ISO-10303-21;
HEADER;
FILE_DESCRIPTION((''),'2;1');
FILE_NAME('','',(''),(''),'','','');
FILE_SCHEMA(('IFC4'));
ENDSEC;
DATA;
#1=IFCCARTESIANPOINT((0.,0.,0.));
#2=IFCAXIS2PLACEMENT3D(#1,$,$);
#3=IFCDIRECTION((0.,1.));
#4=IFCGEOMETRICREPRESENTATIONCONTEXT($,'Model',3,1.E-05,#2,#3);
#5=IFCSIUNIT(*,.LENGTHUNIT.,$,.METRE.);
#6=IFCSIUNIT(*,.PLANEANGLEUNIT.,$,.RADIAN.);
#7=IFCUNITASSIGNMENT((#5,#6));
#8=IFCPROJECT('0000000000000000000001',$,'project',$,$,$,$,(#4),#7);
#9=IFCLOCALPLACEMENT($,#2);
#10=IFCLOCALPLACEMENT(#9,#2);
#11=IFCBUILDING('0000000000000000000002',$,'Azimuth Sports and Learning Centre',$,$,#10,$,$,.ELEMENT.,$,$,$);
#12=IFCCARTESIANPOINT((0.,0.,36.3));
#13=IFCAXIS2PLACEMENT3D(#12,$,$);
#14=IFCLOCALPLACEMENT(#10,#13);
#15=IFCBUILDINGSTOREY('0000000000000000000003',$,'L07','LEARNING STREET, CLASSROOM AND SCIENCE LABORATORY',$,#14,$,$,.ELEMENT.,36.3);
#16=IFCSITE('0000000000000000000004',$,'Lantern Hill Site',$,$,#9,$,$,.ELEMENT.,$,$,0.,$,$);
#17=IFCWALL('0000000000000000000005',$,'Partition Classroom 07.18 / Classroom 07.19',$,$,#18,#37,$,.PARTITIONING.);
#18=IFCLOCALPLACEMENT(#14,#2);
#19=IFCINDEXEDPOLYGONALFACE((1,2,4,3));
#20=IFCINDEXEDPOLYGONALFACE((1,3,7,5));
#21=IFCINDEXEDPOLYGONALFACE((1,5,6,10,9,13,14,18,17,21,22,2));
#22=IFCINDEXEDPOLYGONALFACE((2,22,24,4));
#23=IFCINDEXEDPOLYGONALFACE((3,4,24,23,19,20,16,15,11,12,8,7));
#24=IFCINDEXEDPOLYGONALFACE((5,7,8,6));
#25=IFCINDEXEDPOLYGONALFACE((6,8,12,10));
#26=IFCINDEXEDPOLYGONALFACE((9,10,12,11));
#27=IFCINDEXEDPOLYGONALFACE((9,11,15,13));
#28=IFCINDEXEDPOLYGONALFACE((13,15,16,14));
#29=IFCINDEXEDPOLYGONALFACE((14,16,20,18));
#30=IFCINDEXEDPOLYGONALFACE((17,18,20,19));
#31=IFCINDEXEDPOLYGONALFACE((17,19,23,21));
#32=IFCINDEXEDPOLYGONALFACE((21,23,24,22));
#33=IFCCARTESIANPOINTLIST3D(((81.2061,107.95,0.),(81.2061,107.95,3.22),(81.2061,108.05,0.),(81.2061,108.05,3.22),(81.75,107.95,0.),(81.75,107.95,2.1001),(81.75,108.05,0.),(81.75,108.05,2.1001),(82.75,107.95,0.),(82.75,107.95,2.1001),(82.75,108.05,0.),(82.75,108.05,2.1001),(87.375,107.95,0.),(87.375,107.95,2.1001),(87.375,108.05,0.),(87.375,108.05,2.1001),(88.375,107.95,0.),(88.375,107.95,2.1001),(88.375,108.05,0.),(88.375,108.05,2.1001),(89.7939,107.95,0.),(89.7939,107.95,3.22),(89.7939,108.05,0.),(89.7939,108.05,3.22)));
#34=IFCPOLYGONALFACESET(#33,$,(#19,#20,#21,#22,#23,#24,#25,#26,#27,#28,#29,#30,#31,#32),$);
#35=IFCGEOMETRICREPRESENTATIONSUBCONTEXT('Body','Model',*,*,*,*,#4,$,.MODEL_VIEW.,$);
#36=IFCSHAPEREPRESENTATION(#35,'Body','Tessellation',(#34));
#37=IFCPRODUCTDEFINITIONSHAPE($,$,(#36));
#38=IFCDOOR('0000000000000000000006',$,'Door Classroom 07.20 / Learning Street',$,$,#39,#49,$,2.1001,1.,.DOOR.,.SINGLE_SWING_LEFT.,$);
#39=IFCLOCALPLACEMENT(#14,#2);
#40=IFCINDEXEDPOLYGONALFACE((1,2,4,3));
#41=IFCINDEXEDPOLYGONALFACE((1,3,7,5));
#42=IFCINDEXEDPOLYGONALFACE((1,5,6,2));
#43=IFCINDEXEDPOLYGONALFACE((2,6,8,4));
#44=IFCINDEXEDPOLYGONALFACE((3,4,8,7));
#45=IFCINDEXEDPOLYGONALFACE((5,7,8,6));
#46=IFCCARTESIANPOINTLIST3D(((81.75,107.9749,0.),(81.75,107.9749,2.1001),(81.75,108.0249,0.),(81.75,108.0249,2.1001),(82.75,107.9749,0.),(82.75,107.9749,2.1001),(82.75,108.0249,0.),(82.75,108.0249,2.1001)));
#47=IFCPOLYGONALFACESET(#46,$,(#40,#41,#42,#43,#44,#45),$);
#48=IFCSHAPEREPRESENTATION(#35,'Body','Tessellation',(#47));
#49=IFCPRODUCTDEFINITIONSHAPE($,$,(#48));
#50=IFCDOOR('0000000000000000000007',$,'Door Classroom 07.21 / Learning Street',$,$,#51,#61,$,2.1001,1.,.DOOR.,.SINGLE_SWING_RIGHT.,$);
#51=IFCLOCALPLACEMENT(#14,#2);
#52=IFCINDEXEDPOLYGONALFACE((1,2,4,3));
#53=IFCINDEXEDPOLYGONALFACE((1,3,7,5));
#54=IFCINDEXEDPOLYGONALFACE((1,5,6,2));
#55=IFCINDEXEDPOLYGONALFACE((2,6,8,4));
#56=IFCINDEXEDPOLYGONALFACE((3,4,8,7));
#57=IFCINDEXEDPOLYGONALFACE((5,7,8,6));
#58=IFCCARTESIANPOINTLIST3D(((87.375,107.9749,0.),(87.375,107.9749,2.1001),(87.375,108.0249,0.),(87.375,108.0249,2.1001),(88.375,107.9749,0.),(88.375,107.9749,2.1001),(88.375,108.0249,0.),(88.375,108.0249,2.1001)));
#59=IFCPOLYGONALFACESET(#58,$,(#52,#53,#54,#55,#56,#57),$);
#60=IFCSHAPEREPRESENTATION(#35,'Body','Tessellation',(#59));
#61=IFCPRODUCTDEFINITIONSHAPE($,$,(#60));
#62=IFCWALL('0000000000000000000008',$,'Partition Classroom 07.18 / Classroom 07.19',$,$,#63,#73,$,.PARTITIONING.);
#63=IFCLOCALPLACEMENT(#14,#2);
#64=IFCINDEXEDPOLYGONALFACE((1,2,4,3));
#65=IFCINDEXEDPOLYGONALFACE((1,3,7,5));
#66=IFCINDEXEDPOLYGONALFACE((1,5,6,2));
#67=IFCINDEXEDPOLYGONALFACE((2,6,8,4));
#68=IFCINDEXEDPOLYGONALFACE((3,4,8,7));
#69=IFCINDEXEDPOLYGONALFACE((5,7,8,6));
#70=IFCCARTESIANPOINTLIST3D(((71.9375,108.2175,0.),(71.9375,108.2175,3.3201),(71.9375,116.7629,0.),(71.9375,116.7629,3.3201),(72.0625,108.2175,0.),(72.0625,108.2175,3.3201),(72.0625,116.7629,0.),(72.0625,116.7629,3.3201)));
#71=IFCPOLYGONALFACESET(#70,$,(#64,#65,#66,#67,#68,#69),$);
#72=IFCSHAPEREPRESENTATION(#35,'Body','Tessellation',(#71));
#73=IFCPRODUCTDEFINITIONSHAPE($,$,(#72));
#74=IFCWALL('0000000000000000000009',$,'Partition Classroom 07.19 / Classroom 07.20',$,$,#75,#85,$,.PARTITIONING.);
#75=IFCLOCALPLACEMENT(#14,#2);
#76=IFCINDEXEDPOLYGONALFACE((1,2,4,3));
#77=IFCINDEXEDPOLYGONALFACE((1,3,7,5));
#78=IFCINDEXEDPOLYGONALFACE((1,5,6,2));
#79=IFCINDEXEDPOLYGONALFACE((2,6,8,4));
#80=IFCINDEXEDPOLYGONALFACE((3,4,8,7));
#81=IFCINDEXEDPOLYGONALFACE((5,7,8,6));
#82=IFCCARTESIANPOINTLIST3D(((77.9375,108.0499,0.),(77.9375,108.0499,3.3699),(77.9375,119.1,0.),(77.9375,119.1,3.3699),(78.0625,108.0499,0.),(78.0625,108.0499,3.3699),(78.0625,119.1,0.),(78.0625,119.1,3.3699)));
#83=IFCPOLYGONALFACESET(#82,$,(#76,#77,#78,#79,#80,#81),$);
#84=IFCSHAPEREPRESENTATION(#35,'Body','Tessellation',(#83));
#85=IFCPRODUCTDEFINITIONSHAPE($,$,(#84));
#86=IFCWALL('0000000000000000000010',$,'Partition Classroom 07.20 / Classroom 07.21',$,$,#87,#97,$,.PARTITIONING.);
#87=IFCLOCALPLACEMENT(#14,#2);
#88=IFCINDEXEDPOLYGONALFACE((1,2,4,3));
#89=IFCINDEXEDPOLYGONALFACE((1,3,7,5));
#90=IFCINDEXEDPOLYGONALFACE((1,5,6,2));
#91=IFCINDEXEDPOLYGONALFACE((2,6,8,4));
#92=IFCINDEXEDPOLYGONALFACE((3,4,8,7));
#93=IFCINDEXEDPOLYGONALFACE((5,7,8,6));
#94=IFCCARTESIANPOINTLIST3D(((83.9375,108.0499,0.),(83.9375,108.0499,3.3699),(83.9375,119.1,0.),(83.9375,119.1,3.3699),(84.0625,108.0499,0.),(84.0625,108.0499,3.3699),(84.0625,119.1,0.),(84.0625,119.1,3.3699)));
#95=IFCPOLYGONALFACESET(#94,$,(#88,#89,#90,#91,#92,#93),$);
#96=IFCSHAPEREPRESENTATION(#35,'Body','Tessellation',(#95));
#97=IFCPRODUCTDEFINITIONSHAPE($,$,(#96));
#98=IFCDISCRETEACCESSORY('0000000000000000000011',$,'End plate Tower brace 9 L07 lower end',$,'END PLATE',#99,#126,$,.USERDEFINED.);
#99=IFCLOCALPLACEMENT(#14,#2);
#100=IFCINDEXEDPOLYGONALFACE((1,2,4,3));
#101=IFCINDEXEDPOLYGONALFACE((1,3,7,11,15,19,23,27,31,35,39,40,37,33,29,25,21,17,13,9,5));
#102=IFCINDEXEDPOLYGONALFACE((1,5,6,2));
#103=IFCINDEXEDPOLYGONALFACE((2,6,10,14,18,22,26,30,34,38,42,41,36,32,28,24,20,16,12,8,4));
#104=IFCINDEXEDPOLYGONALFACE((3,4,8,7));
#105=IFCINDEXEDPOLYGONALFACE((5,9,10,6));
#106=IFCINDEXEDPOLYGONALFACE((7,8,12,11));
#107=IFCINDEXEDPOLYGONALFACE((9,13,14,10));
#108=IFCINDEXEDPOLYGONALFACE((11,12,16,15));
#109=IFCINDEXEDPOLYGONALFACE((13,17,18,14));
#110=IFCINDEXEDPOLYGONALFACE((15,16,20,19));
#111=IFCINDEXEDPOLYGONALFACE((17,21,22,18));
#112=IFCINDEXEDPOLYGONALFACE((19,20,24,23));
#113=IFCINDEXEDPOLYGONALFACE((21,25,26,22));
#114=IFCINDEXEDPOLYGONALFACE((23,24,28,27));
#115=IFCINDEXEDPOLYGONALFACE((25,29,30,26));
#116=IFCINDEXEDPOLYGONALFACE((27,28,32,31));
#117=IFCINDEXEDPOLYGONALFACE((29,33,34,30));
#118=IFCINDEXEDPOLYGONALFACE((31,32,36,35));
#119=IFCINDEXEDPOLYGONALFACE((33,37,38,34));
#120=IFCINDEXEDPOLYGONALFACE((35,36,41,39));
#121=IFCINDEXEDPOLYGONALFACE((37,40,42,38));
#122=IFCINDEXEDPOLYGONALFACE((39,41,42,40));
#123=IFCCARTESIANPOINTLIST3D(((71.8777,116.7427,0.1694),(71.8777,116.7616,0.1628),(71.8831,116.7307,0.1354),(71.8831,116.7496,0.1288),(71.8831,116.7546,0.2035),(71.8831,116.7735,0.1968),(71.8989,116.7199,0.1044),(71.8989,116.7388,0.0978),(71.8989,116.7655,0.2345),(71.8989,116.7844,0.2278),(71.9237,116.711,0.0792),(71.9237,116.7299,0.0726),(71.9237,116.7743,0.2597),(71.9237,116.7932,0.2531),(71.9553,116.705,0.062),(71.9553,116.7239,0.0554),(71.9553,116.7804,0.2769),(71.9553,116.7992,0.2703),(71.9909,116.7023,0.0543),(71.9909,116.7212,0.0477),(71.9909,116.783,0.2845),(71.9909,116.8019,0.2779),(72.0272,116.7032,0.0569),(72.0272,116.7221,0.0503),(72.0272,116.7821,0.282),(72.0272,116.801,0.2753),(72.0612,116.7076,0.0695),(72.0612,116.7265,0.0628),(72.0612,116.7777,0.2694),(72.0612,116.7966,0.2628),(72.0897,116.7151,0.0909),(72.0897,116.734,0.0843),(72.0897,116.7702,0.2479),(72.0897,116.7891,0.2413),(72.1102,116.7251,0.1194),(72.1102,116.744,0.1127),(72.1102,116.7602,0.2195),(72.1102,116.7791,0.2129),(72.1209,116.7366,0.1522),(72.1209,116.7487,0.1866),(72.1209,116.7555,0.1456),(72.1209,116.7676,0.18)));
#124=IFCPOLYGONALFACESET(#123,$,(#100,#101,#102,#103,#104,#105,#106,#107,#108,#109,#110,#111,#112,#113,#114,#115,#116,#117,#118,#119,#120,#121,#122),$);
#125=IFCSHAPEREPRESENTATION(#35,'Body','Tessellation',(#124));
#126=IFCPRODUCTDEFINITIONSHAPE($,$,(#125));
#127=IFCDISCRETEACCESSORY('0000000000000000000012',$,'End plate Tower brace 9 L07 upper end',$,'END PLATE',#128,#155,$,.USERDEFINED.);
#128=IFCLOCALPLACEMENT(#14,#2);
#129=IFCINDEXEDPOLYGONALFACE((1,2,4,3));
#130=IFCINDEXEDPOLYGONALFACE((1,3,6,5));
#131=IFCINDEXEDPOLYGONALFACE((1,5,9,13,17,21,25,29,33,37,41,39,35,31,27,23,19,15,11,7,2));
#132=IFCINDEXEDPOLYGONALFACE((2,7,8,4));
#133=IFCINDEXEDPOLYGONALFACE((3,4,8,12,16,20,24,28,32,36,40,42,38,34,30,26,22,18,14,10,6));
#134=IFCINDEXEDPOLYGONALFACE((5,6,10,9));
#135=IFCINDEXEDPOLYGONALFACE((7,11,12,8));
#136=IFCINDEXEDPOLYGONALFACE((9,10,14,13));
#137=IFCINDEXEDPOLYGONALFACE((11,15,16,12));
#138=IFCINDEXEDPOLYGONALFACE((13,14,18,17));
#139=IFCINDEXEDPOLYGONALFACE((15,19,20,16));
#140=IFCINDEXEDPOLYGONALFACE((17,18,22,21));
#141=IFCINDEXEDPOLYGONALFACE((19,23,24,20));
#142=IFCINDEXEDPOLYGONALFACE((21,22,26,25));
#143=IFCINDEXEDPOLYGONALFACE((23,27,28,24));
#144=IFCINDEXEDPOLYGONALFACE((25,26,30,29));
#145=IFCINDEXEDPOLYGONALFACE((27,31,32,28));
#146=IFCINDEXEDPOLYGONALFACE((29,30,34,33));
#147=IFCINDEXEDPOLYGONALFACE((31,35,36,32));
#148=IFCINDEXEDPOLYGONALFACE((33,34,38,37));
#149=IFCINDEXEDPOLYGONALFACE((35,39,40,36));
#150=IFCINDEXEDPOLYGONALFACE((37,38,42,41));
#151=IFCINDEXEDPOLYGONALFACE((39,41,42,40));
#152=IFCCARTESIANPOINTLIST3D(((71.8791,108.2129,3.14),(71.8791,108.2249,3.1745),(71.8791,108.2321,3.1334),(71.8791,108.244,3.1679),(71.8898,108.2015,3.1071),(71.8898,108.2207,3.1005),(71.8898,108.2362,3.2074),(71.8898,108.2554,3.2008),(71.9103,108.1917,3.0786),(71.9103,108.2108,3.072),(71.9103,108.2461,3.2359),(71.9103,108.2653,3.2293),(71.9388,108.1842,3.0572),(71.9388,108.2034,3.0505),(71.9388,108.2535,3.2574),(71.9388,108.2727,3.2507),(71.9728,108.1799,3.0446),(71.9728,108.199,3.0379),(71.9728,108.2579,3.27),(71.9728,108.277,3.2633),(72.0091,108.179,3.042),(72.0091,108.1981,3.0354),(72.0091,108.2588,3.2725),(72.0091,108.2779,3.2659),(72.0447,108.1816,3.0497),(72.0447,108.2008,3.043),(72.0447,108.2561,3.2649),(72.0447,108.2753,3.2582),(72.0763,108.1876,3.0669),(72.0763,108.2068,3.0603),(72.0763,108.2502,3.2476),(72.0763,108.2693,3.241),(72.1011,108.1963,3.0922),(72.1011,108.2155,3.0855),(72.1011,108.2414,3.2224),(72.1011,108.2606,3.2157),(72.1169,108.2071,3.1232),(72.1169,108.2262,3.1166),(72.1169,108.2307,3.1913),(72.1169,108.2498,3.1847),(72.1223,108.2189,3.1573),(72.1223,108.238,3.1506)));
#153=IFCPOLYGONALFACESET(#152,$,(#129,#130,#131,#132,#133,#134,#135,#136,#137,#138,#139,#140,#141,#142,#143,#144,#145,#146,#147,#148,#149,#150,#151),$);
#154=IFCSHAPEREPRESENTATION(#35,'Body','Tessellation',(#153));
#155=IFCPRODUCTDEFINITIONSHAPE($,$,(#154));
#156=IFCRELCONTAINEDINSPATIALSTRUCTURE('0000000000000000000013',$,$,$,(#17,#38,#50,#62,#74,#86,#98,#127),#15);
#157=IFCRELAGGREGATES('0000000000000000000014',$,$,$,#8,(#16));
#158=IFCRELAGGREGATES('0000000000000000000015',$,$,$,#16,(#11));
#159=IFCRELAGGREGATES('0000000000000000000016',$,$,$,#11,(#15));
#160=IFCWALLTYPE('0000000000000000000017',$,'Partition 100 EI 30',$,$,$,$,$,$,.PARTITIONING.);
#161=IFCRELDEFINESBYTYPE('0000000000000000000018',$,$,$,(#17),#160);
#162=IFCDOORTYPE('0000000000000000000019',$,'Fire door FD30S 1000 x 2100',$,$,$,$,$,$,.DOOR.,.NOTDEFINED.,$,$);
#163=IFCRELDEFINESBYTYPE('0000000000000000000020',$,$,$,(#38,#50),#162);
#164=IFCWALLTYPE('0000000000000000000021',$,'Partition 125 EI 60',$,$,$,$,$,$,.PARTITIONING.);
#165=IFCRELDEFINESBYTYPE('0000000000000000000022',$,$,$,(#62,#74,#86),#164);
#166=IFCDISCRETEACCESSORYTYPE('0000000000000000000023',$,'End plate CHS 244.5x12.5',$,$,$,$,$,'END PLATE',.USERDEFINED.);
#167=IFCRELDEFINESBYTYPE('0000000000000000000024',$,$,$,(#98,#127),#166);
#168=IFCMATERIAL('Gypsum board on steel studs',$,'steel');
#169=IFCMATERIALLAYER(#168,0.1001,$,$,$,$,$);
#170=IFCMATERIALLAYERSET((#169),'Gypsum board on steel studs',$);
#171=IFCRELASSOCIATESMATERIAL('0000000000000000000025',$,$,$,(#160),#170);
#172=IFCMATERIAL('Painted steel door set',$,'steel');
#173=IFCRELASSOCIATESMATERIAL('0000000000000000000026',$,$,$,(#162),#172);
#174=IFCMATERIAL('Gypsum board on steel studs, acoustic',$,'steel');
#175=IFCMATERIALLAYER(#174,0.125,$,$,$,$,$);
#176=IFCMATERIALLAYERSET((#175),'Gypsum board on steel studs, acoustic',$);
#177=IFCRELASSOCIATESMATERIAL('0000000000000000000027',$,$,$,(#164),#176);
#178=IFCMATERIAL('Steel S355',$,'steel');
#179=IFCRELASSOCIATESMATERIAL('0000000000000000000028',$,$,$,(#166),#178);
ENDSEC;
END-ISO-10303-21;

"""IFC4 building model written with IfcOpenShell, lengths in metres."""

from ifc_helpers import new_model, si_unit, direction, frame, frame_2d, origin, origin_2d, place, context, subcontext, project, spatial, rectangle, circle, extrude, material, layer, layer_set, material_profile, profile_set, type_object, element, fill, save


model = new_model("IFC4")

# Units and contexts
model_context = context("Model", 3, precision=1e-05, world=origin(), true_north=direction((0.0, 1.0)))
body_context = subcontext(model_context, "Body", "Model", "MODEL_VIEW")
ifc_project = project(units=[si_unit("LENGTHUNIT", "METRE"), si_unit("PLANEANGLEUNIT", "RADIAN")], contexts=[model_context])

# Site, building, storey
site_placement = place(None, origin())
site = spatial("IfcSite", under=ifc_project, at=site_placement, Name="Lantern Hill Site", CompositionType="ELEMENT", RefElevation=0.0)
building_placement = place(site_placement, origin())
building = spatial("IfcBuilding", under=site, at=building_placement, Name="Azimuth Sports and Learning Centre", CompositionType="ELEMENT")
storey_placement = place(building_placement, frame((0.0, 0.0, 36.3)))
storey = spatial("IfcBuildingStorey", under=building, at=storey_placement, Name="L07", Description="LEARNING STREET, CLASSROOM AND SCIENCE LABORATORY", CompositionType="ELEMENT", Elevation=36.3)

# Shared definitions
ifc_material_1 = material(Name="Gypsum board on steel studs", Category="steel")
ifc_layer_1 = layer(ifc_material_1, 0.1001)
ifc_layer_set_1 = layer_set([ifc_layer_1], Name="Gypsum board on steel studs")
wall_type_1 = type_object("IfcWallType", Name="Partition 100 EI 30", PredefinedType="PARTITIONING", material=ifc_layer_set_1)
ifc_material_2 = material(Name="Painted steel door set", Category="steel")
door_type = type_object("IfcDoorType", Name="Fire door FD30S 1000 x 2100", OperationType="NOTDEFINED", PredefinedType="DOOR", material=ifc_material_2)

# Wall, openings, doors
wall_1_placement = place(storey_placement, frame((81.2061, 108.0, 0.0), z_axis=(0.0, 0.0, 1.0), x_axis=(1.0, 0.0, 0.0)))
wall_1 = element("IfcWall", 1, at=wall_1_placement, inside=storey, type_object=wall_type_1, Name="Partition Classroom 07.18 / Classroom 07.19", PredefinedType="PARTITIONING", context=body_context, shape_type="SweptSolid", body=[
    extrude(rectangle(XDim=8.5879, YDim=0.1001, at=frame_2d((4.2939, 0.0))), origin(), (0.0, 0.0, 1.0), 3.22),
])
opening_1_placement = place(wall_1_placement, frame((0.5439, 0.0, 0.0)))
opening_1 = element("IfcOpeningElement", 2, at=opening_1_placement, cuts=wall_1, PredefinedType="OPENING", context=body_context, shape_type="SweptSolid", body=[
    extrude(rectangle(XDim=1.0, YDim=2.1001, at=frame_2d((0.5, 1.05))), frame((0.0, 0.061, 0.0), z_axis=(0.0, -1.0, 0.0), x_axis=(1.0, 0.0, 0.0)), (0.0, 0.0, 1.0), 0.1221),
])
opening_2_placement = place(wall_1_placement, frame((6.1689, 0.0, 0.0)))
opening_2 = element("IfcOpeningElement", 3, at=opening_2_placement, cuts=wall_1, PredefinedType="OPENING", context=body_context, shape_type="SweptSolid", body=[
    extrude(rectangle(XDim=1.0, YDim=2.1001, at=frame_2d((0.5, 1.05))), frame((0.0, 0.061, 0.0), z_axis=(0.0, -1.0, 0.0), x_axis=(1.0, 0.0, 0.0)), (0.0, 0.0, 1.0), 0.1221),
])
door_1_placement = place(opening_1_placement, origin())
door_1 = element("IfcDoor", 4, at=door_1_placement, inside=storey, type_object=door_type, Name="Door Classroom 07.20 / Learning Street", OperationType="SINGLE_SWING_LEFT", OverallHeight=2.1001, OverallWidth=1.0, PredefinedType="DOOR", context=body_context, shape_type="SweptSolid", body=[
    extrude(rectangle(XDim=1.0, YDim=2.1001, at=frame_2d((0.5, 1.05))), frame((0.0, 0.0249, 0.0), z_axis=(0.0, -1.0, 0.0), x_axis=(1.0, 0.0, 0.0)), (0.0, 0.0, 1.0), 0.05),
])
fill(opening_1, door_1)
door_2_placement = place(opening_2_placement, origin())
door_2 = element("IfcDoor", 5, at=door_2_placement, inside=storey, type_object=door_type, Name="Door Classroom 07.21 / Learning Street", OperationType="SINGLE_SWING_RIGHT", OverallHeight=2.1001, OverallWidth=1.0, PredefinedType="DOOR", context=body_context, shape_type="SweptSolid", body=[
    extrude(rectangle(XDim=1.0, YDim=2.1001, at=frame_2d((0.5, 1.05))), frame((0.0, 0.0249, 0.0), z_axis=(0.0, -1.0, 0.0), x_axis=(1.0, 0.0, 0.0)), (0.0, 0.0, 1.0), 0.05),
])
fill(opening_2, door_2)

# Walls
ifc_material_3 = material(Name="Gypsum board on steel studs, acoustic", Category="steel")
ifc_layer_2 = layer(ifc_material_3, 0.125)
ifc_layer_set_2 = layer_set([ifc_layer_2], Name="Gypsum board on steel studs, acoustic")
wall_type_2 = type_object("IfcWallType", Name="Partition 125 EI 60", PredefinedType="PARTITIONING", material=ifc_layer_set_2)
wall_2_placement = place(storey_placement, frame((72.0, 108.2175, 0.0), z_axis=(0.0, 0.0, 1.0), x_axis=(0.0, 1.0, 0.0)))
element("IfcWall", 6, at=wall_2_placement, inside=storey, type_object=wall_type_2, Name="Partition Classroom 07.18 / Classroom 07.19", PredefinedType="PARTITIONING", context=body_context, shape_type="SweptSolid", body=[
    extrude(rectangle(XDim=8.5454, YDim=0.125, at=frame_2d((4.2727, 0.0))), origin(), (0.0, 0.0, 1.0), 3.3201),
])
for number, where, z_axis, x_axis, name in (
    (7, (78.0, 108.05, 0.0), (0.0, 0.0, 1.0), (0.0, 1.0, 0.0), "Partition Classroom 07.19 / Classroom 07.20"),
    (8, (84.0, 108.05, 0.0), (0.0, 0.0, 1.0), (0.0, 1.0, 0.0), "Partition Classroom 07.20 / Classroom 07.21"),
):
    element("IfcWall", number, at=place(storey_placement, frame(where, z_axis=z_axis, x_axis=x_axis)), inside=storey, type_object=wall_type_2, Name=name, PredefinedType="PARTITIONING", context=body_context, shape_type="SweptSolid", body=[
        extrude(rectangle(XDim=11.05, YDim=0.125, at=frame_2d((5.5249, 0.0))), origin(), (0.0, 0.0, 1.0), 3.3699),
    ])

# Discrete accessories
ifc_material_4 = material(Name="Steel S355", Category="steel")
ifc_material_profile_1 = material_profile(ifc_material_4, circle(Radius=0.1223, at=origin_2d()), Name="PL 244 DISC")
ifc_profile_set_1 = profile_set([ifc_material_profile_1], Name="Steel S355")
discrete_accessory_type = type_object("IfcDiscreteAccessoryType", Name="End plate CHS 244.5x12.5", ElementType="END PLATE", PredefinedType="USERDEFINED", material=ifc_profile_set_1)
discrete_accessory_1_placement = place(storey_placement, frame((72.0, 116.7427, 0.1694), z_axis=(0.0, 0.943667, -0.330896), x_axis=(-1.0, 0.0, 0.0)))
element("IfcDiscreteAccessory", 9, at=discrete_accessory_1_placement, inside=storey, type_object=discrete_accessory_type, Name="End plate Tower brace 9 L07 lower end", ObjectType="END PLATE", PredefinedType="USERDEFINED", context=body_context, shape_type="SweptSolid", body=[
    extrude(circle(Radius=0.1223, at=origin_2d()), origin(), (0.0, 0.0, 1.0), 0.02),
])
discrete_accessory_2_placement = place(storey_placement, frame((72.0, 108.238, 3.1506), z_axis=(0.0, -0.944986, 0.327111), x_axis=(1.0, 0.0, 0.0)))
element("IfcDiscreteAccessory", 10, at=discrete_accessory_2_placement, inside=storey, type_object=discrete_accessory_type, Name="End plate Tower brace 9 L07 upper end", ObjectType="END PLATE", PredefinedType="USERDEFINED", context=body_context, shape_type="SweptSolid", body=[
    extrude(circle(Radius=0.1223, at=origin_2d()), origin(), (0.0, 0.0, 1.0), 0.0203),
])

save(model, "model.ifc")
